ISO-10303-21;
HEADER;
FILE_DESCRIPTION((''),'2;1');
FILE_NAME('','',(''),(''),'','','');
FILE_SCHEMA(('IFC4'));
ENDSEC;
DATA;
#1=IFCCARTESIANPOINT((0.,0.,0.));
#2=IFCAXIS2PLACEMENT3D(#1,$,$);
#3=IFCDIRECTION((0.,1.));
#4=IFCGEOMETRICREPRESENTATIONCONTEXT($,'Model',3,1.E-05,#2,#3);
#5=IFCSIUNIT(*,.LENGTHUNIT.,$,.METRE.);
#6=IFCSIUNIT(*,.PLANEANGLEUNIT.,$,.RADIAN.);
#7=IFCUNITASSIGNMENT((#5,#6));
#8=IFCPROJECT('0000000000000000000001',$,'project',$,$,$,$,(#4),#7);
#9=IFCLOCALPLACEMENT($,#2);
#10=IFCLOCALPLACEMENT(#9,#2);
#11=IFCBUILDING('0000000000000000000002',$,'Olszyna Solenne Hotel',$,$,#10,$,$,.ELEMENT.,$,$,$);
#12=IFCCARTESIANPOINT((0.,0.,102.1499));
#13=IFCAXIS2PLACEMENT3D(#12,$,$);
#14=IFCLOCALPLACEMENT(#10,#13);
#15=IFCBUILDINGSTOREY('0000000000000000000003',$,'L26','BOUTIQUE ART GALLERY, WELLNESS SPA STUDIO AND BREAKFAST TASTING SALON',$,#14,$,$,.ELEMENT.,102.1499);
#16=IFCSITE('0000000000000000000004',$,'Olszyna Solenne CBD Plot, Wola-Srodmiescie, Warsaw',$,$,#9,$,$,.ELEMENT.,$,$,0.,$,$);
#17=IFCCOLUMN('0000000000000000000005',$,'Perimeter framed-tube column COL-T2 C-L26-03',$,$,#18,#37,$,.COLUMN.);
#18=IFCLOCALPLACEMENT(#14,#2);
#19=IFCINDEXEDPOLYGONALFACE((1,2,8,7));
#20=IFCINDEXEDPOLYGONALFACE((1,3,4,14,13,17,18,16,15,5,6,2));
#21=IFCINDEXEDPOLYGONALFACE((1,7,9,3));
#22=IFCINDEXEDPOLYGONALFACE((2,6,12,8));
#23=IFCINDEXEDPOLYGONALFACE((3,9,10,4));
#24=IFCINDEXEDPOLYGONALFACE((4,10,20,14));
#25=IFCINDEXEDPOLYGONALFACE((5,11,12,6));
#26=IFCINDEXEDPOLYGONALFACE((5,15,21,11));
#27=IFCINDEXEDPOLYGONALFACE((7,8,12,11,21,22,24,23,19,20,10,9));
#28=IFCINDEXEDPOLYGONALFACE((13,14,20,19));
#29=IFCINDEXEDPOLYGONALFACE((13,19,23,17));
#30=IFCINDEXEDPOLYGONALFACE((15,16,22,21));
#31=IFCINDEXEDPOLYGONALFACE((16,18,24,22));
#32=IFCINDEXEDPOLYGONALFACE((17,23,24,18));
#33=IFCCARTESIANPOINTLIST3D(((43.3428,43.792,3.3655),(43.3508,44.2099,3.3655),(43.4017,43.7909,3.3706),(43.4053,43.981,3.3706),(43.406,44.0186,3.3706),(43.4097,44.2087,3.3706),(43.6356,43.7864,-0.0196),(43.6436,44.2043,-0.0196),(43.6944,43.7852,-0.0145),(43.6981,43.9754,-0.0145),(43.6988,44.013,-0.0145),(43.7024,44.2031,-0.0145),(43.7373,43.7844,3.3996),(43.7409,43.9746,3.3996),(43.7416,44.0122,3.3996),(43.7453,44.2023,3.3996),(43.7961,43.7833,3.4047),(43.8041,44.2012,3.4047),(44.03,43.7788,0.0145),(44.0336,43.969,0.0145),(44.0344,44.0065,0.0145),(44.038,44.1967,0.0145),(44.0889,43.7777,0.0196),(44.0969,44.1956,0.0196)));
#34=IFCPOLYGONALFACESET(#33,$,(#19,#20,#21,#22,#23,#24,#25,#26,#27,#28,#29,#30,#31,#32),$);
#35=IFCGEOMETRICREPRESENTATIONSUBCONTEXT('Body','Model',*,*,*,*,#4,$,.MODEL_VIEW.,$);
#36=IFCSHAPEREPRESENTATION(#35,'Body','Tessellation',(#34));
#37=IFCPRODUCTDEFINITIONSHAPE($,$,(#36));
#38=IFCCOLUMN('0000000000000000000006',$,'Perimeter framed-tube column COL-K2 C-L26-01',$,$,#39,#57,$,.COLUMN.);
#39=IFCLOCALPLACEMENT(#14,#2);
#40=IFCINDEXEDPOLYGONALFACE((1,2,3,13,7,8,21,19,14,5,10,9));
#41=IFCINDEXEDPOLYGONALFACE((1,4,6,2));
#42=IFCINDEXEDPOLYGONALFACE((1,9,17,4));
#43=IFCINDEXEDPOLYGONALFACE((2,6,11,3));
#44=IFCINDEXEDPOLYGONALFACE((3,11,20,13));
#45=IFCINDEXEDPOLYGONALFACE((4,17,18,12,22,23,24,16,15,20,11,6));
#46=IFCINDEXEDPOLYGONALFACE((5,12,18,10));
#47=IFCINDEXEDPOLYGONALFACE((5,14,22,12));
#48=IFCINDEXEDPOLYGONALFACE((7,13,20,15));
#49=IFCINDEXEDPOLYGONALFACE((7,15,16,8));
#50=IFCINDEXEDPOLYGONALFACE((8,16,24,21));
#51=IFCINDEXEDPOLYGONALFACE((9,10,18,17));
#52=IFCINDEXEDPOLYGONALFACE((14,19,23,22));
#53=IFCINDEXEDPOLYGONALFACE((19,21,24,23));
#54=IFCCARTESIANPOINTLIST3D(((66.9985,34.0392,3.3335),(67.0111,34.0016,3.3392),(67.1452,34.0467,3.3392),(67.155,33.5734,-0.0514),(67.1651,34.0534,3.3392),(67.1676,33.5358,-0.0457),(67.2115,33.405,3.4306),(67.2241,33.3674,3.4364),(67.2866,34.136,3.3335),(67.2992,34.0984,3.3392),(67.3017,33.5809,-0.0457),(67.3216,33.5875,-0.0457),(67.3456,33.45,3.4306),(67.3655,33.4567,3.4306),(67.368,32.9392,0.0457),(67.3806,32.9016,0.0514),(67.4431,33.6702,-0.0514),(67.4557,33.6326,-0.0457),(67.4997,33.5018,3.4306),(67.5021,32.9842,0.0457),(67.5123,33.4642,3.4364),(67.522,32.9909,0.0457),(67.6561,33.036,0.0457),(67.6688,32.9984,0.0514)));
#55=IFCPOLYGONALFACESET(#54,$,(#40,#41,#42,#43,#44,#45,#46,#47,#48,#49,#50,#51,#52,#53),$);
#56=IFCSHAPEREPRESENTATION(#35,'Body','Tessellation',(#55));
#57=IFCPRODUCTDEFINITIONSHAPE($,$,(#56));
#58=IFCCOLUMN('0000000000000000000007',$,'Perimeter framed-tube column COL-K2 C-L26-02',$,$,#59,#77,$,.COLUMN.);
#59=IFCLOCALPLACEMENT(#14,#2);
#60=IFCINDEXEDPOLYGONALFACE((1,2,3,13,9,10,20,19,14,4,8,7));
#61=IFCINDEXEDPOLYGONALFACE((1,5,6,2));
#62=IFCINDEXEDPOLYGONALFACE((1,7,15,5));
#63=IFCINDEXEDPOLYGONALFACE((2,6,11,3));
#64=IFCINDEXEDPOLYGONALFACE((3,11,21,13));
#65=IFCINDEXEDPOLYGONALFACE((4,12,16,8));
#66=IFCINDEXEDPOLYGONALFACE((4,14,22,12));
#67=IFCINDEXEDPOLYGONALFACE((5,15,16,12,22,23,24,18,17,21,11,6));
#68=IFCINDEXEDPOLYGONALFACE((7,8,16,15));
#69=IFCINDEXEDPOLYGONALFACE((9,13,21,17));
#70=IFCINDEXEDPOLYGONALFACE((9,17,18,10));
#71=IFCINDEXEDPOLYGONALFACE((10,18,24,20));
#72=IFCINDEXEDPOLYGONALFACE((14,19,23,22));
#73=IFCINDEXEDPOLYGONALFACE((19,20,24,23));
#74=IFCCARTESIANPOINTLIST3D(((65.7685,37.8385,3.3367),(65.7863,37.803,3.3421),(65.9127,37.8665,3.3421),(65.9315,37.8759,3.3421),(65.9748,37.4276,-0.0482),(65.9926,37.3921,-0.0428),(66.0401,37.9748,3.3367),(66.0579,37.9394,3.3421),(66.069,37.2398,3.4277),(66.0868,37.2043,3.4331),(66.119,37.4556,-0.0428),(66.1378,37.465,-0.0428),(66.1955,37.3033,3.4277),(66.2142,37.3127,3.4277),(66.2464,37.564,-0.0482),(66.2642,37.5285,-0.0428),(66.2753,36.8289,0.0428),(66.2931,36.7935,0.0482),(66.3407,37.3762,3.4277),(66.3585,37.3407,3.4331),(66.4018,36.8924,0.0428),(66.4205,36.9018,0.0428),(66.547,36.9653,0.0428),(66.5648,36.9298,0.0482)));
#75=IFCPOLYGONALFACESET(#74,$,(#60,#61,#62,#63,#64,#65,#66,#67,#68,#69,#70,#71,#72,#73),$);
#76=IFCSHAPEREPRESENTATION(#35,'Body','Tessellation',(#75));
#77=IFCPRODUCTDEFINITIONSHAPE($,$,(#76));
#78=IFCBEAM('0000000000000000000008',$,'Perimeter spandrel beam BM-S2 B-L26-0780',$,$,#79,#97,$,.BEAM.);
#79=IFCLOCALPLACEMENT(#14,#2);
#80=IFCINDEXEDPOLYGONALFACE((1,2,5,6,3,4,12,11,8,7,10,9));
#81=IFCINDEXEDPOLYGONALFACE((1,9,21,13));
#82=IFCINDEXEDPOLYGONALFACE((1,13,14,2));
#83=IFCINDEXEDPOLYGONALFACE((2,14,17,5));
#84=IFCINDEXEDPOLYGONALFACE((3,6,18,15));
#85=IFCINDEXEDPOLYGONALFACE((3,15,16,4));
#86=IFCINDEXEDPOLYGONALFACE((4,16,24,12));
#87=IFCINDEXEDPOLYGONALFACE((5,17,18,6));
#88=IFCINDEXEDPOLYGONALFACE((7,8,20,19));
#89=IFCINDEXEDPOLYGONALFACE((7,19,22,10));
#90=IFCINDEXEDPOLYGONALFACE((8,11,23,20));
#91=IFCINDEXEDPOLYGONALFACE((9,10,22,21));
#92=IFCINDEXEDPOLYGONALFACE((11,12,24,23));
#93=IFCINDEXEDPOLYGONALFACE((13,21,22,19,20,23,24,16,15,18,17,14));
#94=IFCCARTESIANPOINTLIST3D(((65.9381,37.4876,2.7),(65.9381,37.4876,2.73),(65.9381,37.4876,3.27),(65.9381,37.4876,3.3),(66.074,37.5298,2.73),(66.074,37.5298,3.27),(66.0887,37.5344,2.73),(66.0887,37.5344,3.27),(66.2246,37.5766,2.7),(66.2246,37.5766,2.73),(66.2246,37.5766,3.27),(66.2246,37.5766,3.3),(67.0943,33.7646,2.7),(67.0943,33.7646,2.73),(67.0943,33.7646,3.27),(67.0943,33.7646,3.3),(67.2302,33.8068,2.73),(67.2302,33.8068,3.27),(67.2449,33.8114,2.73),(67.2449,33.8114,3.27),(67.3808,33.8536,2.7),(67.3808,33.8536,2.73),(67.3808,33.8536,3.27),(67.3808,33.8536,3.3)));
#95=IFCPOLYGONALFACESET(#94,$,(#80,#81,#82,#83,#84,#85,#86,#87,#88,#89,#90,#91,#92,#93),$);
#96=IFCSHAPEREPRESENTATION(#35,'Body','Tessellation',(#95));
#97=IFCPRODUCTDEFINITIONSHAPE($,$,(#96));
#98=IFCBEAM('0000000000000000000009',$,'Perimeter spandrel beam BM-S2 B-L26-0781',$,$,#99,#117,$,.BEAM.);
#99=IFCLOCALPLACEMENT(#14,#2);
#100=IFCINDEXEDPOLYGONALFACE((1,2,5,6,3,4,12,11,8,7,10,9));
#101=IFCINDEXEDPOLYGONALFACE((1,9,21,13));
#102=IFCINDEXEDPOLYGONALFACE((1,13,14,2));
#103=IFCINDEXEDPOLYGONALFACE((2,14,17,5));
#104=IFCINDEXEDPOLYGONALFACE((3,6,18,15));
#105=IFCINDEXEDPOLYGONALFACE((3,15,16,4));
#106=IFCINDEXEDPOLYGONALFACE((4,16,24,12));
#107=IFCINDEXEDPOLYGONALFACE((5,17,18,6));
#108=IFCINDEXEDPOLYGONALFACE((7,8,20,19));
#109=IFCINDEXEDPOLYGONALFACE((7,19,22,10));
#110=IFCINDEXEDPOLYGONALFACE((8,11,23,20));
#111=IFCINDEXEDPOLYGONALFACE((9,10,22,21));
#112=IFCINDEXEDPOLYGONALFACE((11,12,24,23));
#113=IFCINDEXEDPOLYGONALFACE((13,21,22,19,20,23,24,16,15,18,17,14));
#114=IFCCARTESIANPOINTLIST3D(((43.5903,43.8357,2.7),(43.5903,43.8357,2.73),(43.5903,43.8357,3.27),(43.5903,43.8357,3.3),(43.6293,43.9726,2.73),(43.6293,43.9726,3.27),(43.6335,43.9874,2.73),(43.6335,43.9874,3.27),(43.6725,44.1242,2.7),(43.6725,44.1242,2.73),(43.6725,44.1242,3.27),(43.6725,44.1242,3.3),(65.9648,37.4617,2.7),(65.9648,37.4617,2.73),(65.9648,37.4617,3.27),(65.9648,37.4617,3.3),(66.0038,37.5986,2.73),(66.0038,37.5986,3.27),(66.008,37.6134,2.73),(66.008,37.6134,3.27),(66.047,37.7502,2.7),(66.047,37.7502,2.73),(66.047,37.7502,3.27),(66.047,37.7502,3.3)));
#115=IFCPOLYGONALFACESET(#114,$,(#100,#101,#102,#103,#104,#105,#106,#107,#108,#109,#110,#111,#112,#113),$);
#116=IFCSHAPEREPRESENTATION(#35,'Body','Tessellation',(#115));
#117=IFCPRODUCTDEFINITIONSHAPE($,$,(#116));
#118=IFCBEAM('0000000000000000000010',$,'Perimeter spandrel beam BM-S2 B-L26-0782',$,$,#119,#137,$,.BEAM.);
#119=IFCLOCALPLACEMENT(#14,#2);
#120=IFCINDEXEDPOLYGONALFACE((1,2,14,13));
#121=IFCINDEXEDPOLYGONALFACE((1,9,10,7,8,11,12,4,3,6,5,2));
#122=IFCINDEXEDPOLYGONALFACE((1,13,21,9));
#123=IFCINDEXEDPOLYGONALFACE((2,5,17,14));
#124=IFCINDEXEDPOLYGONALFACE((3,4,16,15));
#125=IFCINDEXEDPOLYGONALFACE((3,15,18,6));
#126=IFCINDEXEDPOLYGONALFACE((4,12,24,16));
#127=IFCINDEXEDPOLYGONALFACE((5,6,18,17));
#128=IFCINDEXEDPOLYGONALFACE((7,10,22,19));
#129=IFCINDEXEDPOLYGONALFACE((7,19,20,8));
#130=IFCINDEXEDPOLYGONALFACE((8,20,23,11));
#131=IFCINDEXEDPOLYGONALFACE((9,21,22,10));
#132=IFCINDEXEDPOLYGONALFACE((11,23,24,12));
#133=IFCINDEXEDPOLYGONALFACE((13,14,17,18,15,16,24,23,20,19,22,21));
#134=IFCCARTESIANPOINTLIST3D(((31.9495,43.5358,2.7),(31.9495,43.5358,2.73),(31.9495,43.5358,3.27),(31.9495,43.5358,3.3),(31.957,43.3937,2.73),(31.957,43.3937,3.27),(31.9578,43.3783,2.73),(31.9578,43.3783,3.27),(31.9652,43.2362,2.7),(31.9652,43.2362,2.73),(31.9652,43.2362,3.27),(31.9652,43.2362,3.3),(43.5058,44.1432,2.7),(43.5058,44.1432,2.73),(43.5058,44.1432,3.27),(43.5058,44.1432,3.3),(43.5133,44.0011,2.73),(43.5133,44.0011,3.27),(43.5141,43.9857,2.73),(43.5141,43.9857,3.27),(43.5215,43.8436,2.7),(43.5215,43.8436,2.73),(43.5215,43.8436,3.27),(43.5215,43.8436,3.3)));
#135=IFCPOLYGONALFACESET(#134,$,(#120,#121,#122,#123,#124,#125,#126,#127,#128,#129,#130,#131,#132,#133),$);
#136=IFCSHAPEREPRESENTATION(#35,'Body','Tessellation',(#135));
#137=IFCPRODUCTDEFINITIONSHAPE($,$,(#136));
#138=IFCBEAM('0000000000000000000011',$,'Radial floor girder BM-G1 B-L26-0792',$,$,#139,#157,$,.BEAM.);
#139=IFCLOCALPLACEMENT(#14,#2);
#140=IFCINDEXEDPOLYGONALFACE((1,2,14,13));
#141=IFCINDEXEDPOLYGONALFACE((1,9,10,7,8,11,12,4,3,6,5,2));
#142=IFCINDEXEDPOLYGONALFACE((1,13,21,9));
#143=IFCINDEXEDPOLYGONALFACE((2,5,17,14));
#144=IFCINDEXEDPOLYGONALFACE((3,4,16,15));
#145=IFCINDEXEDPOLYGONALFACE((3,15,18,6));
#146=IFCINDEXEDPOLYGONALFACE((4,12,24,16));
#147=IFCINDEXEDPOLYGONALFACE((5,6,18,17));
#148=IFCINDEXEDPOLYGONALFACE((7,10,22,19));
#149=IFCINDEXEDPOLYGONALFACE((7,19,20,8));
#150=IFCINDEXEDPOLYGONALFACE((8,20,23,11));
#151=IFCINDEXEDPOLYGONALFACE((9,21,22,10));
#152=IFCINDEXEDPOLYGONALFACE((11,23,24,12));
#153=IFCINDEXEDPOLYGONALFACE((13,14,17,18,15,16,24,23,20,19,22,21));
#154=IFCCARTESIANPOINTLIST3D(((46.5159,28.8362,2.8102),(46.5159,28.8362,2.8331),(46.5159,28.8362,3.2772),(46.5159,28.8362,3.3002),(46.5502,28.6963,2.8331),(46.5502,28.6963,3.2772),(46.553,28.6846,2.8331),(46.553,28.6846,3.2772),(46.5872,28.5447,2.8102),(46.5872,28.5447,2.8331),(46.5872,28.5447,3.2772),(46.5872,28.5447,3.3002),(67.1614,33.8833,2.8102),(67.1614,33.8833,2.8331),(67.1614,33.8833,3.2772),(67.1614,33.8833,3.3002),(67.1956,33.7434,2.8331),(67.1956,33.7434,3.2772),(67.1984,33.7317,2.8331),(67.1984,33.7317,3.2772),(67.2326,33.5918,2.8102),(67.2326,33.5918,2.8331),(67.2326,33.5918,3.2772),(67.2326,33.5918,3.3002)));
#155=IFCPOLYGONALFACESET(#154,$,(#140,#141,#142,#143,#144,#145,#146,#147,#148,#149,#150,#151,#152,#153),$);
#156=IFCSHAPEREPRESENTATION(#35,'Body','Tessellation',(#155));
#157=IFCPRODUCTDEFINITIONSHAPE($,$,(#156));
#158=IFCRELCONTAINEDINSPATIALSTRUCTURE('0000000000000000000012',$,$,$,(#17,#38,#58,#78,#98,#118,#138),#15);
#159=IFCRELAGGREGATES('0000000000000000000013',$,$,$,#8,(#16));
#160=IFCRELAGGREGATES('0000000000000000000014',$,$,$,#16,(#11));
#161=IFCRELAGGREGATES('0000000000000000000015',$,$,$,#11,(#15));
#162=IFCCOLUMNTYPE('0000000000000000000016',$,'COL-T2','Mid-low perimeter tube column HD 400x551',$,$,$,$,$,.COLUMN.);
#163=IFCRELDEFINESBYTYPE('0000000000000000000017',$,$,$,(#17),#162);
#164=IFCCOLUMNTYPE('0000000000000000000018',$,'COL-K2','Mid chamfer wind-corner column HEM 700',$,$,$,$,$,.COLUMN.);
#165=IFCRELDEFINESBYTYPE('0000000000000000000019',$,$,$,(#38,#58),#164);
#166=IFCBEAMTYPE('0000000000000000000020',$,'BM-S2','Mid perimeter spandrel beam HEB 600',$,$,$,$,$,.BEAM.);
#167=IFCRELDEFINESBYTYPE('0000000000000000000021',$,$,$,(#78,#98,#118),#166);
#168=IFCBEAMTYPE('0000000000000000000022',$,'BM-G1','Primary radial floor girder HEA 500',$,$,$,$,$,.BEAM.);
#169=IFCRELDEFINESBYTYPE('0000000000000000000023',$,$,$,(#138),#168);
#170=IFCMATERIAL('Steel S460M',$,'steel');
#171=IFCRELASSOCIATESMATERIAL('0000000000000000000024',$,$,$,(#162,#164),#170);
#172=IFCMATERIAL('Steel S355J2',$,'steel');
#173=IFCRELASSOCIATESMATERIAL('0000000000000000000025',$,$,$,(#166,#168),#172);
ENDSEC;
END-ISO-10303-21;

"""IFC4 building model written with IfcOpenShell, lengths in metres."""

from ifc_helpers import new_model, si_unit, direction, frame, origin, origin_2d, place, context, subcontext, project, spatial, i_section, extrude, source, transform, mapped, material, material_profile, profile_set, type_object, element, save


model = new_model("IFC4")

# Units and contexts
model_context = context("Model", 3, precision=1e-05, world=origin(), true_north=direction((0.0, 1.0)))
body_context = subcontext(model_context, "Body", "Model", "MODEL_VIEW")
ifc_project = project(units=[si_unit("LENGTHUNIT", "METRE"), si_unit("PLANEANGLEUNIT", "RADIAN")], contexts=[model_context])

# Site, building, storey
site_placement = place(None, origin())
site = spatial("IfcSite", under=ifc_project, at=site_placement, Name="Olszyna Solenne CBD Plot, Wola-Srodmiescie, Warsaw", CompositionType="ELEMENT", RefElevation=0.0)
building_placement = place(site_placement, origin())
building = spatial("IfcBuilding", under=site, at=building_placement, Name="Olszyna Solenne Hotel", CompositionType="ELEMENT")
storey_placement = place(building_placement, frame((0.0, 0.0, 102.1499)))
storey = spatial("IfcBuildingStorey", under=building, at=storey_placement, Name="L26", Description="BOUTIQUE ART GALLERY, WELLNESS SPA STUDIO AND BREAKFAST TASTING SALON", CompositionType="ELEMENT", Elevation=102.1499)

# Columns
ifc_material_1 = material(Name="Steel S460M", Category="steel")
ifc_material_profile_1 = material_profile(ifc_material_1, i_section(OverallWidth=0.418, OverallDepth=0.4551, WebThickness=0.0376, FlangeThickness=0.0591, at=origin_2d()), Name="HD 400x551", Category="load-bearing")
ifc_profile_set_1 = profile_set([ifc_material_profile_1], Name="Steel S460M")
column_type_1 = type_object("IfcColumnType", Name="COL-T2", Description="Mid-low perimeter tube column HD 400x551", PredefinedType="COLUMN", material=ifc_profile_set_1)
shared_shape_1 = source(origin(), body_context, "Body", "SweptSolid", [
    extrude(i_section(OverallWidth=0.418, OverallDepth=0.4551, WebThickness=0.0376, FlangeThickness=0.0591, at=origin_2d()), origin(), (0.0, 0.0, 1.0), 3.3977),
])
column_1_placement = place(storey_placement, frame((43.8662, 43.991, 0.0), z_axis=(-0.086155, 0.001653, 0.99628), x_axis=(-0.019179, -0.999816, 0.0)))
element("IfcColumn", 1, at=column_1_placement, inside=storey, type_object=column_type_1, Name="Perimeter framed-tube column COL-T2 C-L26-03", PredefinedType="COLUMN", context=body_context, shape_type="MappedRepresentation", body=[
    mapped(shared_shape_1, transform((0.0, 0.0, 0.0), x_axis=(1.0, 0.0, 0.0), y_axis=(0.0, 1.0, 0.0), z_axis=(0.0, 0.0, 1.0), scale=1.0)),
])
ifc_material_profile_2 = material_profile(ifc_material_1, i_section(OverallWidth=0.304, OverallDepth=0.7161, WebThickness=0.021, FlangeThickness=0.04, at=origin_2d()), Name="HEM 700", Category="load-bearing")
ifc_profile_set_2 = profile_set([ifc_material_profile_2], Name="Steel S460M")
column_type_2 = type_object("IfcColumnType", Name="COL-K2", Description="Mid chamfer wind-corner column HEM 700", PredefinedType="COLUMN", material=ifc_profile_set_2)
shared_shape_2 = source(origin(), body_context, "Body", "SweptSolid", [
    extrude(i_section(OverallWidth=0.304, OverallDepth=0.7161, WebThickness=0.021, FlangeThickness=0.04, at=origin_2d()), origin(), (0.0, 0.0, 1.0), 3.4204),
])
column_2_placement = place(storey_placement, frame((67.4119, 33.2859, 0.0), z_axis=(-0.045752, 0.136185, 0.989626), x_axis=(-0.947935, -0.318463, 0.0)))
element("IfcColumn", 2, at=column_2_placement, inside=storey, type_object=column_type_2, Name="Perimeter framed-tube column COL-K2 C-L26-01", PredefinedType="COLUMN", context=body_context, shape_type="MappedRepresentation", body=[
    mapped(shared_shape_2, transform((0.0, 0.0, 0.0), x_axis=(1.0, 0.0, 0.0), y_axis=(0.0, 1.0, 0.0), z_axis=(0.0, 0.0, 1.0), scale=1.0)),
])
shared_shape_3 = source(origin(), body_context, "Body", "SweptSolid", [
    extrude(i_section(OverallWidth=0.304, OverallDepth=0.7161, WebThickness=0.021, FlangeThickness=0.04, at=origin_2d()), origin(), (0.0, 0.0, 1.0), 3.416),
])
column_3_placement = place(storey_placement, frame((66.2698, 37.1787, 0.0), z_axis=(-0.06039, 0.12028, 0.990901), x_axis=(-0.893683, -0.4487, 0.0)))
element("IfcColumn", 3, at=column_3_placement, inside=storey, type_object=column_type_2, Name="Perimeter framed-tube column COL-K2 C-L26-02", PredefinedType="COLUMN", context=body_context, shape_type="MappedRepresentation", body=[
    mapped(shared_shape_3, transform((0.0, 0.0, 0.0), x_axis=(1.0, 0.0, 0.0), y_axis=(0.0, 1.0, 0.0), z_axis=(0.0, 0.0, 1.0), scale=1.0)),
])

# Beams
ifc_material_2 = material(Name="Steel S355J2", Category="steel")
ifc_material_profile_3 = material_profile(ifc_material_2, i_section(OverallWidth=0.3, OverallDepth=0.6001, WebThickness=0.0154, FlangeThickness=0.03, at=origin_2d()), Name="HEB 600", Category="load-bearing")
ifc_profile_set_3 = profile_set([ifc_material_profile_3], Name="Steel S355J2")
beam_type_1 = type_object("IfcBeamType", Name="BM-S2", Description="Mid perimeter spandrel beam HEB 600", PredefinedType="BEAM", material=ifc_profile_set_3)
shared_shape_4 = source(origin(), body_context, "Body", "SweptSolid", [
    extrude(i_section(OverallWidth=0.3, OverallDepth=0.6001, WebThickness=0.0154, FlangeThickness=0.03, at=origin_2d()), origin(), (0.0, 0.0, 1.0), 3.8984),
])
beam_1_placement = place(storey_placement, frame((67.2375, 33.8091, 3.0), z_axis=(-0.296584, 0.955007, 0.0), x_axis=(-0.955007, -0.296584, 0.0)))
element("IfcBeam", 4, at=beam_1_placement, inside=storey, type_object=beam_type_1, Name="Perimeter spandrel beam BM-S2 B-L26-0780", PredefinedType="BEAM", context=body_context, shape_type="MappedRepresentation", body=[
    mapped(shared_shape_4, transform((0.0, 0.0, 0.0), x_axis=(1.0, 0.0, 0.0), y_axis=(0.0, 1.0, 0.0), z_axis=(0.0, 0.0, 1.0), scale=1.0)),
])
shared_shape_5 = source(origin(), body_context, "Body", "SweptSolid", [
    extrude(i_section(OverallWidth=0.3, OverallDepth=0.6001, WebThickness=0.0154, FlangeThickness=0.03, at=origin_2d()), origin(), (0.0, 0.0, 1.0), 23.2646),
])
beam_2_placement = place(storey_placement, frame((66.0059, 37.606, 3.0), z_axis=(-0.961736, 0.273978, 0.0), x_axis=(-0.273978, -0.961736, 0.0)))
element("IfcBeam", 5, at=beam_2_placement, inside=storey, type_object=beam_type_1, Name="Perimeter spandrel beam BM-S2 B-L26-0781", PredefinedType="BEAM", context=body_context, shape_type="MappedRepresentation", body=[
    mapped(shared_shape_5, transform((0.0, 0.0, 0.0), x_axis=(1.0, 0.0, 0.0), y_axis=(0.0, 1.0, 0.0), z_axis=(0.0, 0.0, 1.0), scale=1.0)),
])
shared_shape_6 = source(origin(), body_context, "Body", "SweptSolid", [
    extrude(i_section(OverallWidth=0.3, OverallDepth=0.6001, WebThickness=0.0154, FlangeThickness=0.03, at=origin_2d()), origin(), (0.0, 0.0, 1.0), 11.5723),
])
beam_3_placement = place(storey_placement, frame((43.5137, 43.9934, 3.0), z_axis=(-0.998621, -0.052489, 0.0), x_axis=(0.052489, -0.998621, 0.0)))
element("IfcBeam", 6, at=beam_3_placement, inside=storey, type_object=beam_type_1, Name="Perimeter spandrel beam BM-S2 B-L26-0782", PredefinedType="BEAM", context=body_context, shape_type="MappedRepresentation", body=[
    mapped(shared_shape_6, transform((0.0, 0.0, 0.0), x_axis=(1.0, 0.0, 0.0), y_axis=(0.0, 1.0, 0.0), z_axis=(0.0, 0.0, 1.0), scale=1.0)),
])
ifc_material_profile_4 = material_profile(ifc_material_2, i_section(OverallWidth=0.3, OverallDepth=0.49, WebThickness=0.012, FlangeThickness=0.0229, at=origin_2d()), Name="HEA 500", Category="load-bearing")
ifc_profile_set_4 = profile_set([ifc_material_profile_4], Name="Steel S355J2")
beam_type_2 = type_object("IfcBeamType", Name="BM-G1", Description="Primary radial floor girder HEA 500", PredefinedType="BEAM", material=ifc_profile_set_4)
shared_shape_7 = source(origin(), body_context, "Body", "SweptSolid", [
    extrude(i_section(OverallWidth=0.3, OverallDepth=0.49, WebThickness=0.012, FlangeThickness=0.0229, at=origin_2d()), origin(), (0.0, 0.0, 1.0), 21.2534),
])
beam_4_placement = place(storey_placement, frame((67.197, 33.7375, 3.0552), z_axis=(-0.971394, -0.237473, 0.0), x_axis=(0.237473, -0.971394, 0.0)))
element("IfcBeam", 7, at=beam_4_placement, inside=storey, type_object=beam_type_2, Name="Radial floor girder BM-G1 B-L26-0792", PredefinedType="BEAM", context=body_context, shape_type="MappedRepresentation", body=[
    mapped(shared_shape_7, transform((0.0, 0.0, 0.0), x_axis=(1.0, 0.0, 0.0), y_axis=(0.0, 1.0, 0.0), z_axis=(0.0, 0.0, 1.0), scale=1.0)),
])

save(model, "model.ifc")
